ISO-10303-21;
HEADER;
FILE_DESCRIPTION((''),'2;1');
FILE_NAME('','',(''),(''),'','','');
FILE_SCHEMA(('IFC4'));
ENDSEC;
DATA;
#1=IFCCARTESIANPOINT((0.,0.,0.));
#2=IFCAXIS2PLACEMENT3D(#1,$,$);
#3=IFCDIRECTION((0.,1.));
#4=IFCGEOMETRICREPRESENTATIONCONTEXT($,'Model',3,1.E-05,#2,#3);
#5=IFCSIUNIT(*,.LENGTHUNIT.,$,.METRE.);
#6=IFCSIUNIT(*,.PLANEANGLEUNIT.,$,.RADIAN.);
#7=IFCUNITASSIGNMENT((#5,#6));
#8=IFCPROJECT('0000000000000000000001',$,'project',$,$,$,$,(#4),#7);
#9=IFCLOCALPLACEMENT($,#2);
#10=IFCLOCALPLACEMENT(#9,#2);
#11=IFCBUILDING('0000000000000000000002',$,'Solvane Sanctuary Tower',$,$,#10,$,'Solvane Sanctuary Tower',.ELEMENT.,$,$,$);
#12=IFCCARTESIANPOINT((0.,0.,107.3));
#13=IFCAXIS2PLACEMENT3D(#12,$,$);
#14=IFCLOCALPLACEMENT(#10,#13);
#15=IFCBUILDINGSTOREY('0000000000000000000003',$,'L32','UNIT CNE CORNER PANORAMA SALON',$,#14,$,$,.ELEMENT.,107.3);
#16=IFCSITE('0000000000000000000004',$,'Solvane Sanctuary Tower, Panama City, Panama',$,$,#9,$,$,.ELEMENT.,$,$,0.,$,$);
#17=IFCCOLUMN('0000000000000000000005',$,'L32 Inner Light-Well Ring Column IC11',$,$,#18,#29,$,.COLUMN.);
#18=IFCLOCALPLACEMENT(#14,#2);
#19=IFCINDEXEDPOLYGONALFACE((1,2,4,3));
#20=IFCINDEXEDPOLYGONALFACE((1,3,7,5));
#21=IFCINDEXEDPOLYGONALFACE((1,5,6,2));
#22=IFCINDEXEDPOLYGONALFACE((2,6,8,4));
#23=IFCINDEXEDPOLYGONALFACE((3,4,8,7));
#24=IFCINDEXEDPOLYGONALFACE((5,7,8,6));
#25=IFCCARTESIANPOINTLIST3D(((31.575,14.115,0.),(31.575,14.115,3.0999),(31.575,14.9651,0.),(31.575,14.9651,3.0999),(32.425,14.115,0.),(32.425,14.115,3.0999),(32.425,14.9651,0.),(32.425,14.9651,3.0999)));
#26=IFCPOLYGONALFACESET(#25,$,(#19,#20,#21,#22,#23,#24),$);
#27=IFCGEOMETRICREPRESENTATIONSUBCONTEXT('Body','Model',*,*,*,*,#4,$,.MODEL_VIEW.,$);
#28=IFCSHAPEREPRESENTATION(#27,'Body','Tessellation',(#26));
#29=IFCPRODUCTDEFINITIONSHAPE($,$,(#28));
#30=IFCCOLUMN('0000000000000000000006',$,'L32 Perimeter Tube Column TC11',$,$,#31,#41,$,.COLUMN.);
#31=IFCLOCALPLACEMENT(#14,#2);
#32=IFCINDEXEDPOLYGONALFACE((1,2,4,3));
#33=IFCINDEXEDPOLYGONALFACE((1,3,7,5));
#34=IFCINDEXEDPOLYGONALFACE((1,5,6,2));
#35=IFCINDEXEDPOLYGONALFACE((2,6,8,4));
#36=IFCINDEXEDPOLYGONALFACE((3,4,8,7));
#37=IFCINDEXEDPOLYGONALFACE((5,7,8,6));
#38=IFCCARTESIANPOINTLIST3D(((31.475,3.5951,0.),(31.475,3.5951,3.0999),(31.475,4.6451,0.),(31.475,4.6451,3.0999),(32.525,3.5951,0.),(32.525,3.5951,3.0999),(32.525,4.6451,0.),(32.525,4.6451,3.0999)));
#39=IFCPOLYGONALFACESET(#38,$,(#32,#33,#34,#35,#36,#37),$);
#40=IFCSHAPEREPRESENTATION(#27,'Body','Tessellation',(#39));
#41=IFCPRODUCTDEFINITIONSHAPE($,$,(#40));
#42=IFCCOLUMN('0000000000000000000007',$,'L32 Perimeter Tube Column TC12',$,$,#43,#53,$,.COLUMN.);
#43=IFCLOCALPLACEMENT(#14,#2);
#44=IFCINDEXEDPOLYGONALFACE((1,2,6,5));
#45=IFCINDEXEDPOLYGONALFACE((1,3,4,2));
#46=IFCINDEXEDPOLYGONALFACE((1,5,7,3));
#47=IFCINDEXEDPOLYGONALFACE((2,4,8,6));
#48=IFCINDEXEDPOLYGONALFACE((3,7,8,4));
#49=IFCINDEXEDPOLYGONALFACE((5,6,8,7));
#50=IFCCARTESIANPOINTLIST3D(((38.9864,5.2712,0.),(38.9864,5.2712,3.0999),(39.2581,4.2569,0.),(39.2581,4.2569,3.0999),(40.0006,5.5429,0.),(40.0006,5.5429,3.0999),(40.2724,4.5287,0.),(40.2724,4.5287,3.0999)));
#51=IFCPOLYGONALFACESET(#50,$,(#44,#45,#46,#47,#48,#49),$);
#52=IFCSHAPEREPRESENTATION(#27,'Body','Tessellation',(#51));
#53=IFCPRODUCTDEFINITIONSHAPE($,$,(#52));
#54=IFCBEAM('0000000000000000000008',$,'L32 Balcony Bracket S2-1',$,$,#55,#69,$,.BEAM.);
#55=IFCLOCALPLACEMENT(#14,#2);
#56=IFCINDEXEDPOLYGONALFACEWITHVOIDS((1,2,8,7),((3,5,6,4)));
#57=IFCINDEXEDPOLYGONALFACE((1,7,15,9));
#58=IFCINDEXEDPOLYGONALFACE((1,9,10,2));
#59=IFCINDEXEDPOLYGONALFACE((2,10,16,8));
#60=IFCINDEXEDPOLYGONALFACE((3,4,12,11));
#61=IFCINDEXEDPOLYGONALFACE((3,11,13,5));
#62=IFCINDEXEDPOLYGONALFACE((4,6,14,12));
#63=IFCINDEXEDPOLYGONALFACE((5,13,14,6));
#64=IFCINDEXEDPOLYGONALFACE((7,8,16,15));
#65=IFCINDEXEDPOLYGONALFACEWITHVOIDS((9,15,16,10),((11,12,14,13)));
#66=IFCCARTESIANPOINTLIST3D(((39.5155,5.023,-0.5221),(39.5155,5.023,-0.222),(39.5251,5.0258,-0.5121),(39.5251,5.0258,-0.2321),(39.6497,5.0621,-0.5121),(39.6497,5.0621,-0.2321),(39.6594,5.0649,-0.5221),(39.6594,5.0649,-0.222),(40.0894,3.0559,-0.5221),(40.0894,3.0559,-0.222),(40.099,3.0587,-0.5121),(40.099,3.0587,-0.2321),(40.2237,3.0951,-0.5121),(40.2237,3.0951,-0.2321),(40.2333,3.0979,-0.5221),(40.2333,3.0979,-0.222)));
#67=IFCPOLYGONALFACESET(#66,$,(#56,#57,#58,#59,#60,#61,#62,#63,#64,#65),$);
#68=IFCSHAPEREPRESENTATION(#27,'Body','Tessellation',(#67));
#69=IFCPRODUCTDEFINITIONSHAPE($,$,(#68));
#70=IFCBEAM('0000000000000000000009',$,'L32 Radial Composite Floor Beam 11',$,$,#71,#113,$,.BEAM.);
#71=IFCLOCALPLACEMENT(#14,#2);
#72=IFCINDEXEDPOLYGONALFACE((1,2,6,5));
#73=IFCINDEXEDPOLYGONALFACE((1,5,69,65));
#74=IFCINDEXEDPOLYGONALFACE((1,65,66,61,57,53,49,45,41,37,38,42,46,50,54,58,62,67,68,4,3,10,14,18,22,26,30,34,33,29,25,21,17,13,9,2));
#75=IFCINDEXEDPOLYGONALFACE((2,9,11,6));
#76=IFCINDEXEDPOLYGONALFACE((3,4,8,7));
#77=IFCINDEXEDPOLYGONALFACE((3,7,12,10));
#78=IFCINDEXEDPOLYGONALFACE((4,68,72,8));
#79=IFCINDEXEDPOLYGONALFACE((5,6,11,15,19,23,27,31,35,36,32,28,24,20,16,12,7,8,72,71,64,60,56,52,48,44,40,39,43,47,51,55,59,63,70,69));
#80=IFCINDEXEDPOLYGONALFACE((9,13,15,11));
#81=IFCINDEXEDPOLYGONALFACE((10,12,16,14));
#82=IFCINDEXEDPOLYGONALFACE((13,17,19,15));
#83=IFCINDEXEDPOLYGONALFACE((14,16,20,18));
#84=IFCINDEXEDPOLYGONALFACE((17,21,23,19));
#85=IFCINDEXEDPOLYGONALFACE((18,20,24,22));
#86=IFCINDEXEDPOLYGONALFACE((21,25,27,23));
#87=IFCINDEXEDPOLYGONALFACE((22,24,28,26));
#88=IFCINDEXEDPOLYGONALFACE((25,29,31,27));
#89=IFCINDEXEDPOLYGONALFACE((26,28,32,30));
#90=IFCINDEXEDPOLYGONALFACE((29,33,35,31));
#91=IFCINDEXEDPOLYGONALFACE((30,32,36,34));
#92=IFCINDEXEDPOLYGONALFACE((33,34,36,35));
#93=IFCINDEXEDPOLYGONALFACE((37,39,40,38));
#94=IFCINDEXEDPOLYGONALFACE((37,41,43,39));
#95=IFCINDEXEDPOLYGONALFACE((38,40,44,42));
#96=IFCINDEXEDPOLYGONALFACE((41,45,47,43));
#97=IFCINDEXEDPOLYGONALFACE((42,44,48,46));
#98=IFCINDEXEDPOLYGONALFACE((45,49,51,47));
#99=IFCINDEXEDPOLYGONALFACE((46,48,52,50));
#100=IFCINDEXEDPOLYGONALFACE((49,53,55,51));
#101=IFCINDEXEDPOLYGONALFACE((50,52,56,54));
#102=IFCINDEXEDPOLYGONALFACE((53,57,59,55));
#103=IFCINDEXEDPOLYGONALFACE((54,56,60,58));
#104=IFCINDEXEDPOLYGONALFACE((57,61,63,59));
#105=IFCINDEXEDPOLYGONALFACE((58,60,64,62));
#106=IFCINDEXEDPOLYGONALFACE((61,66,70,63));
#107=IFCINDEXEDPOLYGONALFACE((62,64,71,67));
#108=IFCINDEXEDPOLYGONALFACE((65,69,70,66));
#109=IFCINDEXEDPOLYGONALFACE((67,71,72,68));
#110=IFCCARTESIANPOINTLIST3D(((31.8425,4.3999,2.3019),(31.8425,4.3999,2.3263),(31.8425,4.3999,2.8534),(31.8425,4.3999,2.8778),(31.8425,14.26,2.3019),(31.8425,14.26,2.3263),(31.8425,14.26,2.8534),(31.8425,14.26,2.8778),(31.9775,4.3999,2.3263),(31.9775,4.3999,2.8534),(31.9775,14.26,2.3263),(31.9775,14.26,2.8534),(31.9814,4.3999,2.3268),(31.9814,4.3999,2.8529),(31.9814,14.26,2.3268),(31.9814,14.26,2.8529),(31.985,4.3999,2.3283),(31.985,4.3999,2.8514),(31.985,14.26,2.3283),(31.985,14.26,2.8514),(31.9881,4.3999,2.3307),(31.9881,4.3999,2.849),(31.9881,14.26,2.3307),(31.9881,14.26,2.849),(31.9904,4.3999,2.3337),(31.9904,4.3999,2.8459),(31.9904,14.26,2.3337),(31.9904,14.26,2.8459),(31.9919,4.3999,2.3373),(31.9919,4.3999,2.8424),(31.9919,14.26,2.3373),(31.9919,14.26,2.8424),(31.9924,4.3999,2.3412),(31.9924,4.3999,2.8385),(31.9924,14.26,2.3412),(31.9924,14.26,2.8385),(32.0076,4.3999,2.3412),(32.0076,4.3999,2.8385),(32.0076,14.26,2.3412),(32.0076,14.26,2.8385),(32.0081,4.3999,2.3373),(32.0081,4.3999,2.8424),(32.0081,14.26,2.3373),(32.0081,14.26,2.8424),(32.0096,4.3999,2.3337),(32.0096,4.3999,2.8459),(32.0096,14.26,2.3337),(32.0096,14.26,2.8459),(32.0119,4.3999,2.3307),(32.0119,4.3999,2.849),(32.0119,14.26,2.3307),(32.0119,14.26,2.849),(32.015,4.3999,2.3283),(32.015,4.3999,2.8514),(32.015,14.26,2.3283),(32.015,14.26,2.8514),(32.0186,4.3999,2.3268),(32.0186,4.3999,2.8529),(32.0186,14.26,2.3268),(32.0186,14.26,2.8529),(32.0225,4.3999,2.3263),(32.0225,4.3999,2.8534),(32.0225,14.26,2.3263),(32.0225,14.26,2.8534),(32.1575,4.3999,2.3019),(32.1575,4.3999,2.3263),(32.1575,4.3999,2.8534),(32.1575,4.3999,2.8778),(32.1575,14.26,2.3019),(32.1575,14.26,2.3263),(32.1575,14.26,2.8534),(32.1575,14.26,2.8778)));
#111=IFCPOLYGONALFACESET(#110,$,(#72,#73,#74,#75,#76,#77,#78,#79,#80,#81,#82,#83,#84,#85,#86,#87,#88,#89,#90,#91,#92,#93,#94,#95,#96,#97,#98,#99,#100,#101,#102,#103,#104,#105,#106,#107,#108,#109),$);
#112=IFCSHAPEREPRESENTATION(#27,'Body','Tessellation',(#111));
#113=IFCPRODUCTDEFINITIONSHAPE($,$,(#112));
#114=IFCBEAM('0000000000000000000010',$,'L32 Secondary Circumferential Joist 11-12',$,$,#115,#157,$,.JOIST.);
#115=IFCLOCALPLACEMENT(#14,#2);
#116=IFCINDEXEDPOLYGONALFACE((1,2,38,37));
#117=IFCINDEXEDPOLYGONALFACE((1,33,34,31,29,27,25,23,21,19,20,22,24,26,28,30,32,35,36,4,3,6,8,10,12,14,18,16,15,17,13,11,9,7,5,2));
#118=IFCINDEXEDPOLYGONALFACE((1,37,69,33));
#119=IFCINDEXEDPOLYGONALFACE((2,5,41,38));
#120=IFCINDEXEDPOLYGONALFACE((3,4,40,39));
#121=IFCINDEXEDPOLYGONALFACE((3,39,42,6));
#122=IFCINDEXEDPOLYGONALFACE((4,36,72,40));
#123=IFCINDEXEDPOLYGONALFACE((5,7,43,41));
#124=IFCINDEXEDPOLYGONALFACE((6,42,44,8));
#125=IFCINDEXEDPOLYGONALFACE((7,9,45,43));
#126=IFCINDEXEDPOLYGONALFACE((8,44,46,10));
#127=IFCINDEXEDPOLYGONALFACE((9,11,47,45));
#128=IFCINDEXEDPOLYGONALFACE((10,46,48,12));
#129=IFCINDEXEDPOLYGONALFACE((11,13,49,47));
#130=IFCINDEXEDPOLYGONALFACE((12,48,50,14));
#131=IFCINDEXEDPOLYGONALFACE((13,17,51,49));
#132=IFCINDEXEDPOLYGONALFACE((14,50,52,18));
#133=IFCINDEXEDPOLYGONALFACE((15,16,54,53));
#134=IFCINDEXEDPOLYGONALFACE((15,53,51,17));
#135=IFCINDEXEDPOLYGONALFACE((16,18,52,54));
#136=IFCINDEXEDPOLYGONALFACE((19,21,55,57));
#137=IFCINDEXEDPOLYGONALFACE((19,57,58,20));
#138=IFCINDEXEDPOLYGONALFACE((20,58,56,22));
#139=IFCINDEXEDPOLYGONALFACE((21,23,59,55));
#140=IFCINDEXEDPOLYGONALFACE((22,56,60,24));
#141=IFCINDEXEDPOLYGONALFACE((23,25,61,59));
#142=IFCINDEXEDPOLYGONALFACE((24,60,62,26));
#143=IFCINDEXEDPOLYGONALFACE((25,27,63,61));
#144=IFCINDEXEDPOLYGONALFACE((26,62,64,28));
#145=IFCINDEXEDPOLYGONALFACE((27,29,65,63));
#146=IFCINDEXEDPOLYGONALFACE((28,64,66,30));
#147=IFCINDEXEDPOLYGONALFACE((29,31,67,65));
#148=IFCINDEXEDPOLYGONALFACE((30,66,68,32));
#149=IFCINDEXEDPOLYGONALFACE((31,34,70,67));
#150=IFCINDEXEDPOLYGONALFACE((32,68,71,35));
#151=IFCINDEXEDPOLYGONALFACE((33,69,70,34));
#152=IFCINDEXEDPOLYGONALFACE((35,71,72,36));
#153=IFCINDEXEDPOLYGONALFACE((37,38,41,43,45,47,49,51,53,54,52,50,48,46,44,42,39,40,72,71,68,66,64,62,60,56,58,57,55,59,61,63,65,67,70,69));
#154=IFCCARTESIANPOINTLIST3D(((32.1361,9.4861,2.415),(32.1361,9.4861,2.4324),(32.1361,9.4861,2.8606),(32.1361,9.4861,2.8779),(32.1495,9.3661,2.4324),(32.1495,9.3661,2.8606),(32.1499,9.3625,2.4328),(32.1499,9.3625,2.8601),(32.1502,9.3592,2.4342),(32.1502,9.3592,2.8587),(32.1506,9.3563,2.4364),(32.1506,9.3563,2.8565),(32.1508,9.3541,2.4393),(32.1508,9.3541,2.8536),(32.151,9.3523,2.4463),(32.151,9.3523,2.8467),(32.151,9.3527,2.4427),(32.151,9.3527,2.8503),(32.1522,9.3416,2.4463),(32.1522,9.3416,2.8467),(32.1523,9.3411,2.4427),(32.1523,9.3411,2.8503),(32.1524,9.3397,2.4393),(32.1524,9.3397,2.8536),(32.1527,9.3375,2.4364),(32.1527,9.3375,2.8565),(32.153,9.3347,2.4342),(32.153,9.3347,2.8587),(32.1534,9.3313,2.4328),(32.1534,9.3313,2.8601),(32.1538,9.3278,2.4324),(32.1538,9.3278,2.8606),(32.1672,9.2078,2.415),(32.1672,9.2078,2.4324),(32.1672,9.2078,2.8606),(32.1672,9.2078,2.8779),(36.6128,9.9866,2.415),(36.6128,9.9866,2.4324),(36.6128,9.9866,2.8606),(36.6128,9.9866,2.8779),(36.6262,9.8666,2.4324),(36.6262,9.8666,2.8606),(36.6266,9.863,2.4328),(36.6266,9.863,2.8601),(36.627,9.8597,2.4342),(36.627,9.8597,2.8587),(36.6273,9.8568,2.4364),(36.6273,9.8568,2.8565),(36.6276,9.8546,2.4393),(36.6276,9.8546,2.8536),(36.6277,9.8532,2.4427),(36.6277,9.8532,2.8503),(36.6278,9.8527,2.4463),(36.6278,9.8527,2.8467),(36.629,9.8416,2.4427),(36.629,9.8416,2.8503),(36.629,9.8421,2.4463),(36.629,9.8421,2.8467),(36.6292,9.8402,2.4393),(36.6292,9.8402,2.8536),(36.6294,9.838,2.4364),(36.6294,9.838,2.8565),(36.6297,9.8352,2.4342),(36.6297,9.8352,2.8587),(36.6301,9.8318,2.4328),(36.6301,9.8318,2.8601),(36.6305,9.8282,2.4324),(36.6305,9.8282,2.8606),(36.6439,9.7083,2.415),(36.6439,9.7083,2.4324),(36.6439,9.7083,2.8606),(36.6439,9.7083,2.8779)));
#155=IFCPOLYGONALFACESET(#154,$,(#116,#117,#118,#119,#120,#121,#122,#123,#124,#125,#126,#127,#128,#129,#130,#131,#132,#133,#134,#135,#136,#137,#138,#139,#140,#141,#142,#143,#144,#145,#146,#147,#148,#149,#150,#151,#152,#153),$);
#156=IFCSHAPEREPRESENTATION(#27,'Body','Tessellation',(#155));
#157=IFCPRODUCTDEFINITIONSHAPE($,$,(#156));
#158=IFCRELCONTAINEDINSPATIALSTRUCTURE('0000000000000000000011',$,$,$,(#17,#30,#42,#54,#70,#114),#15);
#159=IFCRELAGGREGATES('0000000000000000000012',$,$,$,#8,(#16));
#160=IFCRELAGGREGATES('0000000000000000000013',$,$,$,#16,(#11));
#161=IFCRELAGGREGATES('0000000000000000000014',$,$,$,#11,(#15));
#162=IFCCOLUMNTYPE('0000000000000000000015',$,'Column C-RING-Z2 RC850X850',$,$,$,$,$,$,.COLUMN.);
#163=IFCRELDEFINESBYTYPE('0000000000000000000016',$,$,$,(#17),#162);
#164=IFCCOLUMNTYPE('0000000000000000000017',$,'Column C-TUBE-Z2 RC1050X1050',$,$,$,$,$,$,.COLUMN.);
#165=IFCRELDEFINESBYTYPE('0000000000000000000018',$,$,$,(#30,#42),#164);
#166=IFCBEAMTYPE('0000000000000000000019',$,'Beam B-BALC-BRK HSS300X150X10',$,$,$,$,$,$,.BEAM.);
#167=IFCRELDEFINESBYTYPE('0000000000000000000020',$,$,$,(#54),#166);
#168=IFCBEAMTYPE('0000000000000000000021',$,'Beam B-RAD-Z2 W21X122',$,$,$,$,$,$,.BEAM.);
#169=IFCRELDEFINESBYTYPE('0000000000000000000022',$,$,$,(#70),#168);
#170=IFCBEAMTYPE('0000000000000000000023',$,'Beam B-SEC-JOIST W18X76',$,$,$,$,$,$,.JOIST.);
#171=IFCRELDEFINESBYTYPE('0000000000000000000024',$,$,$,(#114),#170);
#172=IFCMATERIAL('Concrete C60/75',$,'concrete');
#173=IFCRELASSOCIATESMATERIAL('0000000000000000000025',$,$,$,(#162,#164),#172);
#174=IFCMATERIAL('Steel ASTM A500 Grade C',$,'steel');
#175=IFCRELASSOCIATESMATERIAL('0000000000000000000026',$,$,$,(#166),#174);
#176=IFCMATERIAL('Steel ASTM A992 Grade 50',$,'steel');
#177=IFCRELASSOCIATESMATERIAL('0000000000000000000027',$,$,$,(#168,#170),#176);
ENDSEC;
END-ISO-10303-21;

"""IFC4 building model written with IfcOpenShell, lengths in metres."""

from ifc_helpers import new_model, si_unit, direction, frame, origin, origin_2d, place, context, subcontext, project, spatial, rectangle, hollow_rectangle, i_section, extrude, material, material_profile, profile_set, type_object, element, save


model = new_model("IFC4")

# Units and contexts
model_context = context("Model", 3, precision=1e-05, world=origin(), true_north=direction((0.0, 1.0)))
body_context = subcontext(model_context, "Body", "Model", "MODEL_VIEW")
ifc_project = project(units=[si_unit("LENGTHUNIT", "METRE"), si_unit("PLANEANGLEUNIT", "RADIAN")], contexts=[model_context])

# Site, building, storey
site_placement = place(None, origin())
site = spatial("IfcSite", under=ifc_project, at=site_placement, Name="Solvane Sanctuary Tower, Panama City, Panama", CompositionType="ELEMENT", RefElevation=0.0)
building_placement = place(site_placement, origin())
building = spatial("IfcBuilding", under=site, at=building_placement, Name="Solvane Sanctuary Tower", LongName="Solvane Sanctuary Tower", CompositionType="ELEMENT")
storey_placement = place(building_placement, frame((0.0, 0.0, 107.3)))
storey = spatial("IfcBuildingStorey", under=building, at=storey_placement, Name="L32", Description="UNIT CNE CORNER PANORAMA SALON", CompositionType="ELEMENT", Elevation=107.3)

# Columns
ifc_material_1 = material(Name="Concrete C60/75", Category="concrete")
ifc_material_profile_1 = material_profile(ifc_material_1, rectangle(XDim=0.8501, YDim=0.8501, at=origin_2d()), Name="RC850X850")
ifc_profile_set_1 = profile_set([ifc_material_profile_1], Name="Concrete C60/75")
column_type_1 = type_object("IfcColumnType", Name="Column C-RING-Z2 RC850X850", PredefinedType="COLUMN", material=ifc_profile_set_1)
column_placement = place(storey_placement, frame((32.0, 14.54, 0.0), z_axis=(0.0, 0.0, 1.0), x_axis=(1.0, 0.0, 0.0)))
element("IfcColumn", 1, at=column_placement, inside=storey, type_object=column_type_1, Name="L32 Inner Light-Well Ring Column IC11", PredefinedType="COLUMN", context=body_context, shape_type="SweptSolid", body=[
    extrude(rectangle(XDim=0.8501, YDim=0.8501, at=origin_2d()), origin(), (0.0, 0.0, 1.0), 3.0999),
])
ifc_material_profile_2 = material_profile(ifc_material_1, rectangle(XDim=1.05, YDim=1.05, at=origin_2d()), Name="RC1050X1050")
ifc_profile_set_2 = profile_set([ifc_material_profile_2], Name="Concrete C60/75")
column_type_2 = type_object("IfcColumnType", Name="Column C-TUBE-Z2 RC1050X1050", PredefinedType="COLUMN", material=ifc_profile_set_2)
for number, where, z_axis, x_axis, name in (
    (2, (32.0, 4.1201, 0.0), (0.0, 0.0, 1.0), (0.0, -1.0, 0.0), "L32 Perimeter Tube Column TC11"),
    (3, (39.6294, 4.8999, 0.0), (0.0, 0.0, 1.0), (0.258819, -0.965926, 0.0), "L32 Perimeter Tube Column TC12"),
):
    element("IfcColumn", number, at=place(storey_placement, frame(where, z_axis=z_axis, x_axis=x_axis)), inside=storey, type_object=column_type_2, Name=name, PredefinedType="COLUMN", context=body_context, shape_type="SweptSolid", body=[
        extrude(rectangle(XDim=1.05, YDim=1.05, at=origin_2d()), origin(), (0.0, 0.0, 1.0), 3.0999),
    ])

# Beams
ifc_material_2 = material(Name="Steel ASTM A500 Grade C", Category="steel")
ifc_material_profile_3 = material_profile(ifc_material_2, hollow_rectangle(XDim=0.1499, YDim=0.3, WallThickness=0.01, at=origin_2d()), Name="HSS300X150X10")
ifc_profile_set_3 = profile_set([ifc_material_profile_3], Name="Steel ASTM A500 Grade C")
beam_type_1 = type_object("IfcBeamType", Name="Beam B-BALC-BRK HSS300X150X10", PredefinedType="BEAM", material=ifc_profile_set_3)
beam_1_placement = place(storey_placement, frame((39.5874, 5.0439, -0.3721), z_axis=(0.280114, -0.959967, 0.0), x_axis=(0.959967, 0.280114, 0.0)))
element("IfcBeam", 4, at=beam_1_placement, inside=storey, type_object=beam_type_1, Name="L32 Balcony Bracket S2-1", PredefinedType="BEAM", context=body_context, shape_type="SweptSolid", body=[
    extrude(hollow_rectangle(XDim=0.1499, YDim=0.3, WallThickness=0.01, at=origin_2d()), origin(), (0.0, 0.0, 1.0), 2.0491),
])
ifc_material_3 = material(Name="Steel ASTM A992 Grade 50", Category="steel")
ifc_material_profile_4 = material_profile(ifc_material_3, i_section(OverallWidth=0.3149, OverallDepth=0.5759, WebThickness=0.0151, FlangeThickness=0.0244, FilletRadius=0.0149, at=origin_2d()), Name="W21X122")
ifc_profile_set_4 = profile_set([ifc_material_profile_4], Name="Steel ASTM A992 Grade 50")
beam_type_2 = type_object("IfcBeamType", Name="Beam B-RAD-Z2 W21X122", PredefinedType="BEAM", material=ifc_profile_set_4)
beam_2_placement = place(storey_placement, frame((32.0, 14.26, 2.5898), z_axis=(0.0, -1.0, 0.0), x_axis=(1.0, 0.0, 0.0)))
element("IfcBeam", 5, at=beam_2_placement, inside=storey, type_object=beam_type_2, Name="L32 Radial Composite Floor Beam 11", PredefinedType="BEAM", context=body_context, shape_type="SweptSolid", body=[
    extrude(i_section(OverallWidth=0.3149, OverallDepth=0.5759, WebThickness=0.0151, FlangeThickness=0.0244, FilletRadius=0.0149, at=origin_2d()), origin(), (0.0, 0.0, 1.0), 9.8601),
])
ifc_material_profile_5 = material_profile(ifc_material_3, i_section(OverallWidth=0.28, OverallDepth=0.4629, WebThickness=0.0107, FlangeThickness=0.0173, FilletRadius=0.0139, at=origin_2d()), Name="W18X76")
ifc_profile_set_5 = profile_set([ifc_material_profile_5], Name="Steel ASTM A992 Grade 50")
beam_type_3 = type_object("IfcBeamType", Name="Beam B-SEC-JOIST W18X76", PredefinedType="JOIST", material=ifc_profile_set_5)
beam_3_placement = place(storey_placement, frame((32.1516, 9.3469, 2.6465), z_axis=(0.993809, 0.111104, 0.0), x_axis=(-0.111104, 0.993809, 0.0)))
element("IfcBeam", 6, at=beam_3_placement, inside=storey, type_object=beam_type_3, Name="L32 Secondary Circumferential Joist 11-12", PredefinedType="JOIST", context=body_context, shape_type="SweptSolid", body=[
    extrude(i_section(OverallWidth=0.28, OverallDepth=0.4629, WebThickness=0.0107, FlangeThickness=0.0173, FilletRadius=0.0139, at=origin_2d()), origin(), (0.0, 0.0, 1.0), 4.5046),
])

save(model, "model.ifc")
